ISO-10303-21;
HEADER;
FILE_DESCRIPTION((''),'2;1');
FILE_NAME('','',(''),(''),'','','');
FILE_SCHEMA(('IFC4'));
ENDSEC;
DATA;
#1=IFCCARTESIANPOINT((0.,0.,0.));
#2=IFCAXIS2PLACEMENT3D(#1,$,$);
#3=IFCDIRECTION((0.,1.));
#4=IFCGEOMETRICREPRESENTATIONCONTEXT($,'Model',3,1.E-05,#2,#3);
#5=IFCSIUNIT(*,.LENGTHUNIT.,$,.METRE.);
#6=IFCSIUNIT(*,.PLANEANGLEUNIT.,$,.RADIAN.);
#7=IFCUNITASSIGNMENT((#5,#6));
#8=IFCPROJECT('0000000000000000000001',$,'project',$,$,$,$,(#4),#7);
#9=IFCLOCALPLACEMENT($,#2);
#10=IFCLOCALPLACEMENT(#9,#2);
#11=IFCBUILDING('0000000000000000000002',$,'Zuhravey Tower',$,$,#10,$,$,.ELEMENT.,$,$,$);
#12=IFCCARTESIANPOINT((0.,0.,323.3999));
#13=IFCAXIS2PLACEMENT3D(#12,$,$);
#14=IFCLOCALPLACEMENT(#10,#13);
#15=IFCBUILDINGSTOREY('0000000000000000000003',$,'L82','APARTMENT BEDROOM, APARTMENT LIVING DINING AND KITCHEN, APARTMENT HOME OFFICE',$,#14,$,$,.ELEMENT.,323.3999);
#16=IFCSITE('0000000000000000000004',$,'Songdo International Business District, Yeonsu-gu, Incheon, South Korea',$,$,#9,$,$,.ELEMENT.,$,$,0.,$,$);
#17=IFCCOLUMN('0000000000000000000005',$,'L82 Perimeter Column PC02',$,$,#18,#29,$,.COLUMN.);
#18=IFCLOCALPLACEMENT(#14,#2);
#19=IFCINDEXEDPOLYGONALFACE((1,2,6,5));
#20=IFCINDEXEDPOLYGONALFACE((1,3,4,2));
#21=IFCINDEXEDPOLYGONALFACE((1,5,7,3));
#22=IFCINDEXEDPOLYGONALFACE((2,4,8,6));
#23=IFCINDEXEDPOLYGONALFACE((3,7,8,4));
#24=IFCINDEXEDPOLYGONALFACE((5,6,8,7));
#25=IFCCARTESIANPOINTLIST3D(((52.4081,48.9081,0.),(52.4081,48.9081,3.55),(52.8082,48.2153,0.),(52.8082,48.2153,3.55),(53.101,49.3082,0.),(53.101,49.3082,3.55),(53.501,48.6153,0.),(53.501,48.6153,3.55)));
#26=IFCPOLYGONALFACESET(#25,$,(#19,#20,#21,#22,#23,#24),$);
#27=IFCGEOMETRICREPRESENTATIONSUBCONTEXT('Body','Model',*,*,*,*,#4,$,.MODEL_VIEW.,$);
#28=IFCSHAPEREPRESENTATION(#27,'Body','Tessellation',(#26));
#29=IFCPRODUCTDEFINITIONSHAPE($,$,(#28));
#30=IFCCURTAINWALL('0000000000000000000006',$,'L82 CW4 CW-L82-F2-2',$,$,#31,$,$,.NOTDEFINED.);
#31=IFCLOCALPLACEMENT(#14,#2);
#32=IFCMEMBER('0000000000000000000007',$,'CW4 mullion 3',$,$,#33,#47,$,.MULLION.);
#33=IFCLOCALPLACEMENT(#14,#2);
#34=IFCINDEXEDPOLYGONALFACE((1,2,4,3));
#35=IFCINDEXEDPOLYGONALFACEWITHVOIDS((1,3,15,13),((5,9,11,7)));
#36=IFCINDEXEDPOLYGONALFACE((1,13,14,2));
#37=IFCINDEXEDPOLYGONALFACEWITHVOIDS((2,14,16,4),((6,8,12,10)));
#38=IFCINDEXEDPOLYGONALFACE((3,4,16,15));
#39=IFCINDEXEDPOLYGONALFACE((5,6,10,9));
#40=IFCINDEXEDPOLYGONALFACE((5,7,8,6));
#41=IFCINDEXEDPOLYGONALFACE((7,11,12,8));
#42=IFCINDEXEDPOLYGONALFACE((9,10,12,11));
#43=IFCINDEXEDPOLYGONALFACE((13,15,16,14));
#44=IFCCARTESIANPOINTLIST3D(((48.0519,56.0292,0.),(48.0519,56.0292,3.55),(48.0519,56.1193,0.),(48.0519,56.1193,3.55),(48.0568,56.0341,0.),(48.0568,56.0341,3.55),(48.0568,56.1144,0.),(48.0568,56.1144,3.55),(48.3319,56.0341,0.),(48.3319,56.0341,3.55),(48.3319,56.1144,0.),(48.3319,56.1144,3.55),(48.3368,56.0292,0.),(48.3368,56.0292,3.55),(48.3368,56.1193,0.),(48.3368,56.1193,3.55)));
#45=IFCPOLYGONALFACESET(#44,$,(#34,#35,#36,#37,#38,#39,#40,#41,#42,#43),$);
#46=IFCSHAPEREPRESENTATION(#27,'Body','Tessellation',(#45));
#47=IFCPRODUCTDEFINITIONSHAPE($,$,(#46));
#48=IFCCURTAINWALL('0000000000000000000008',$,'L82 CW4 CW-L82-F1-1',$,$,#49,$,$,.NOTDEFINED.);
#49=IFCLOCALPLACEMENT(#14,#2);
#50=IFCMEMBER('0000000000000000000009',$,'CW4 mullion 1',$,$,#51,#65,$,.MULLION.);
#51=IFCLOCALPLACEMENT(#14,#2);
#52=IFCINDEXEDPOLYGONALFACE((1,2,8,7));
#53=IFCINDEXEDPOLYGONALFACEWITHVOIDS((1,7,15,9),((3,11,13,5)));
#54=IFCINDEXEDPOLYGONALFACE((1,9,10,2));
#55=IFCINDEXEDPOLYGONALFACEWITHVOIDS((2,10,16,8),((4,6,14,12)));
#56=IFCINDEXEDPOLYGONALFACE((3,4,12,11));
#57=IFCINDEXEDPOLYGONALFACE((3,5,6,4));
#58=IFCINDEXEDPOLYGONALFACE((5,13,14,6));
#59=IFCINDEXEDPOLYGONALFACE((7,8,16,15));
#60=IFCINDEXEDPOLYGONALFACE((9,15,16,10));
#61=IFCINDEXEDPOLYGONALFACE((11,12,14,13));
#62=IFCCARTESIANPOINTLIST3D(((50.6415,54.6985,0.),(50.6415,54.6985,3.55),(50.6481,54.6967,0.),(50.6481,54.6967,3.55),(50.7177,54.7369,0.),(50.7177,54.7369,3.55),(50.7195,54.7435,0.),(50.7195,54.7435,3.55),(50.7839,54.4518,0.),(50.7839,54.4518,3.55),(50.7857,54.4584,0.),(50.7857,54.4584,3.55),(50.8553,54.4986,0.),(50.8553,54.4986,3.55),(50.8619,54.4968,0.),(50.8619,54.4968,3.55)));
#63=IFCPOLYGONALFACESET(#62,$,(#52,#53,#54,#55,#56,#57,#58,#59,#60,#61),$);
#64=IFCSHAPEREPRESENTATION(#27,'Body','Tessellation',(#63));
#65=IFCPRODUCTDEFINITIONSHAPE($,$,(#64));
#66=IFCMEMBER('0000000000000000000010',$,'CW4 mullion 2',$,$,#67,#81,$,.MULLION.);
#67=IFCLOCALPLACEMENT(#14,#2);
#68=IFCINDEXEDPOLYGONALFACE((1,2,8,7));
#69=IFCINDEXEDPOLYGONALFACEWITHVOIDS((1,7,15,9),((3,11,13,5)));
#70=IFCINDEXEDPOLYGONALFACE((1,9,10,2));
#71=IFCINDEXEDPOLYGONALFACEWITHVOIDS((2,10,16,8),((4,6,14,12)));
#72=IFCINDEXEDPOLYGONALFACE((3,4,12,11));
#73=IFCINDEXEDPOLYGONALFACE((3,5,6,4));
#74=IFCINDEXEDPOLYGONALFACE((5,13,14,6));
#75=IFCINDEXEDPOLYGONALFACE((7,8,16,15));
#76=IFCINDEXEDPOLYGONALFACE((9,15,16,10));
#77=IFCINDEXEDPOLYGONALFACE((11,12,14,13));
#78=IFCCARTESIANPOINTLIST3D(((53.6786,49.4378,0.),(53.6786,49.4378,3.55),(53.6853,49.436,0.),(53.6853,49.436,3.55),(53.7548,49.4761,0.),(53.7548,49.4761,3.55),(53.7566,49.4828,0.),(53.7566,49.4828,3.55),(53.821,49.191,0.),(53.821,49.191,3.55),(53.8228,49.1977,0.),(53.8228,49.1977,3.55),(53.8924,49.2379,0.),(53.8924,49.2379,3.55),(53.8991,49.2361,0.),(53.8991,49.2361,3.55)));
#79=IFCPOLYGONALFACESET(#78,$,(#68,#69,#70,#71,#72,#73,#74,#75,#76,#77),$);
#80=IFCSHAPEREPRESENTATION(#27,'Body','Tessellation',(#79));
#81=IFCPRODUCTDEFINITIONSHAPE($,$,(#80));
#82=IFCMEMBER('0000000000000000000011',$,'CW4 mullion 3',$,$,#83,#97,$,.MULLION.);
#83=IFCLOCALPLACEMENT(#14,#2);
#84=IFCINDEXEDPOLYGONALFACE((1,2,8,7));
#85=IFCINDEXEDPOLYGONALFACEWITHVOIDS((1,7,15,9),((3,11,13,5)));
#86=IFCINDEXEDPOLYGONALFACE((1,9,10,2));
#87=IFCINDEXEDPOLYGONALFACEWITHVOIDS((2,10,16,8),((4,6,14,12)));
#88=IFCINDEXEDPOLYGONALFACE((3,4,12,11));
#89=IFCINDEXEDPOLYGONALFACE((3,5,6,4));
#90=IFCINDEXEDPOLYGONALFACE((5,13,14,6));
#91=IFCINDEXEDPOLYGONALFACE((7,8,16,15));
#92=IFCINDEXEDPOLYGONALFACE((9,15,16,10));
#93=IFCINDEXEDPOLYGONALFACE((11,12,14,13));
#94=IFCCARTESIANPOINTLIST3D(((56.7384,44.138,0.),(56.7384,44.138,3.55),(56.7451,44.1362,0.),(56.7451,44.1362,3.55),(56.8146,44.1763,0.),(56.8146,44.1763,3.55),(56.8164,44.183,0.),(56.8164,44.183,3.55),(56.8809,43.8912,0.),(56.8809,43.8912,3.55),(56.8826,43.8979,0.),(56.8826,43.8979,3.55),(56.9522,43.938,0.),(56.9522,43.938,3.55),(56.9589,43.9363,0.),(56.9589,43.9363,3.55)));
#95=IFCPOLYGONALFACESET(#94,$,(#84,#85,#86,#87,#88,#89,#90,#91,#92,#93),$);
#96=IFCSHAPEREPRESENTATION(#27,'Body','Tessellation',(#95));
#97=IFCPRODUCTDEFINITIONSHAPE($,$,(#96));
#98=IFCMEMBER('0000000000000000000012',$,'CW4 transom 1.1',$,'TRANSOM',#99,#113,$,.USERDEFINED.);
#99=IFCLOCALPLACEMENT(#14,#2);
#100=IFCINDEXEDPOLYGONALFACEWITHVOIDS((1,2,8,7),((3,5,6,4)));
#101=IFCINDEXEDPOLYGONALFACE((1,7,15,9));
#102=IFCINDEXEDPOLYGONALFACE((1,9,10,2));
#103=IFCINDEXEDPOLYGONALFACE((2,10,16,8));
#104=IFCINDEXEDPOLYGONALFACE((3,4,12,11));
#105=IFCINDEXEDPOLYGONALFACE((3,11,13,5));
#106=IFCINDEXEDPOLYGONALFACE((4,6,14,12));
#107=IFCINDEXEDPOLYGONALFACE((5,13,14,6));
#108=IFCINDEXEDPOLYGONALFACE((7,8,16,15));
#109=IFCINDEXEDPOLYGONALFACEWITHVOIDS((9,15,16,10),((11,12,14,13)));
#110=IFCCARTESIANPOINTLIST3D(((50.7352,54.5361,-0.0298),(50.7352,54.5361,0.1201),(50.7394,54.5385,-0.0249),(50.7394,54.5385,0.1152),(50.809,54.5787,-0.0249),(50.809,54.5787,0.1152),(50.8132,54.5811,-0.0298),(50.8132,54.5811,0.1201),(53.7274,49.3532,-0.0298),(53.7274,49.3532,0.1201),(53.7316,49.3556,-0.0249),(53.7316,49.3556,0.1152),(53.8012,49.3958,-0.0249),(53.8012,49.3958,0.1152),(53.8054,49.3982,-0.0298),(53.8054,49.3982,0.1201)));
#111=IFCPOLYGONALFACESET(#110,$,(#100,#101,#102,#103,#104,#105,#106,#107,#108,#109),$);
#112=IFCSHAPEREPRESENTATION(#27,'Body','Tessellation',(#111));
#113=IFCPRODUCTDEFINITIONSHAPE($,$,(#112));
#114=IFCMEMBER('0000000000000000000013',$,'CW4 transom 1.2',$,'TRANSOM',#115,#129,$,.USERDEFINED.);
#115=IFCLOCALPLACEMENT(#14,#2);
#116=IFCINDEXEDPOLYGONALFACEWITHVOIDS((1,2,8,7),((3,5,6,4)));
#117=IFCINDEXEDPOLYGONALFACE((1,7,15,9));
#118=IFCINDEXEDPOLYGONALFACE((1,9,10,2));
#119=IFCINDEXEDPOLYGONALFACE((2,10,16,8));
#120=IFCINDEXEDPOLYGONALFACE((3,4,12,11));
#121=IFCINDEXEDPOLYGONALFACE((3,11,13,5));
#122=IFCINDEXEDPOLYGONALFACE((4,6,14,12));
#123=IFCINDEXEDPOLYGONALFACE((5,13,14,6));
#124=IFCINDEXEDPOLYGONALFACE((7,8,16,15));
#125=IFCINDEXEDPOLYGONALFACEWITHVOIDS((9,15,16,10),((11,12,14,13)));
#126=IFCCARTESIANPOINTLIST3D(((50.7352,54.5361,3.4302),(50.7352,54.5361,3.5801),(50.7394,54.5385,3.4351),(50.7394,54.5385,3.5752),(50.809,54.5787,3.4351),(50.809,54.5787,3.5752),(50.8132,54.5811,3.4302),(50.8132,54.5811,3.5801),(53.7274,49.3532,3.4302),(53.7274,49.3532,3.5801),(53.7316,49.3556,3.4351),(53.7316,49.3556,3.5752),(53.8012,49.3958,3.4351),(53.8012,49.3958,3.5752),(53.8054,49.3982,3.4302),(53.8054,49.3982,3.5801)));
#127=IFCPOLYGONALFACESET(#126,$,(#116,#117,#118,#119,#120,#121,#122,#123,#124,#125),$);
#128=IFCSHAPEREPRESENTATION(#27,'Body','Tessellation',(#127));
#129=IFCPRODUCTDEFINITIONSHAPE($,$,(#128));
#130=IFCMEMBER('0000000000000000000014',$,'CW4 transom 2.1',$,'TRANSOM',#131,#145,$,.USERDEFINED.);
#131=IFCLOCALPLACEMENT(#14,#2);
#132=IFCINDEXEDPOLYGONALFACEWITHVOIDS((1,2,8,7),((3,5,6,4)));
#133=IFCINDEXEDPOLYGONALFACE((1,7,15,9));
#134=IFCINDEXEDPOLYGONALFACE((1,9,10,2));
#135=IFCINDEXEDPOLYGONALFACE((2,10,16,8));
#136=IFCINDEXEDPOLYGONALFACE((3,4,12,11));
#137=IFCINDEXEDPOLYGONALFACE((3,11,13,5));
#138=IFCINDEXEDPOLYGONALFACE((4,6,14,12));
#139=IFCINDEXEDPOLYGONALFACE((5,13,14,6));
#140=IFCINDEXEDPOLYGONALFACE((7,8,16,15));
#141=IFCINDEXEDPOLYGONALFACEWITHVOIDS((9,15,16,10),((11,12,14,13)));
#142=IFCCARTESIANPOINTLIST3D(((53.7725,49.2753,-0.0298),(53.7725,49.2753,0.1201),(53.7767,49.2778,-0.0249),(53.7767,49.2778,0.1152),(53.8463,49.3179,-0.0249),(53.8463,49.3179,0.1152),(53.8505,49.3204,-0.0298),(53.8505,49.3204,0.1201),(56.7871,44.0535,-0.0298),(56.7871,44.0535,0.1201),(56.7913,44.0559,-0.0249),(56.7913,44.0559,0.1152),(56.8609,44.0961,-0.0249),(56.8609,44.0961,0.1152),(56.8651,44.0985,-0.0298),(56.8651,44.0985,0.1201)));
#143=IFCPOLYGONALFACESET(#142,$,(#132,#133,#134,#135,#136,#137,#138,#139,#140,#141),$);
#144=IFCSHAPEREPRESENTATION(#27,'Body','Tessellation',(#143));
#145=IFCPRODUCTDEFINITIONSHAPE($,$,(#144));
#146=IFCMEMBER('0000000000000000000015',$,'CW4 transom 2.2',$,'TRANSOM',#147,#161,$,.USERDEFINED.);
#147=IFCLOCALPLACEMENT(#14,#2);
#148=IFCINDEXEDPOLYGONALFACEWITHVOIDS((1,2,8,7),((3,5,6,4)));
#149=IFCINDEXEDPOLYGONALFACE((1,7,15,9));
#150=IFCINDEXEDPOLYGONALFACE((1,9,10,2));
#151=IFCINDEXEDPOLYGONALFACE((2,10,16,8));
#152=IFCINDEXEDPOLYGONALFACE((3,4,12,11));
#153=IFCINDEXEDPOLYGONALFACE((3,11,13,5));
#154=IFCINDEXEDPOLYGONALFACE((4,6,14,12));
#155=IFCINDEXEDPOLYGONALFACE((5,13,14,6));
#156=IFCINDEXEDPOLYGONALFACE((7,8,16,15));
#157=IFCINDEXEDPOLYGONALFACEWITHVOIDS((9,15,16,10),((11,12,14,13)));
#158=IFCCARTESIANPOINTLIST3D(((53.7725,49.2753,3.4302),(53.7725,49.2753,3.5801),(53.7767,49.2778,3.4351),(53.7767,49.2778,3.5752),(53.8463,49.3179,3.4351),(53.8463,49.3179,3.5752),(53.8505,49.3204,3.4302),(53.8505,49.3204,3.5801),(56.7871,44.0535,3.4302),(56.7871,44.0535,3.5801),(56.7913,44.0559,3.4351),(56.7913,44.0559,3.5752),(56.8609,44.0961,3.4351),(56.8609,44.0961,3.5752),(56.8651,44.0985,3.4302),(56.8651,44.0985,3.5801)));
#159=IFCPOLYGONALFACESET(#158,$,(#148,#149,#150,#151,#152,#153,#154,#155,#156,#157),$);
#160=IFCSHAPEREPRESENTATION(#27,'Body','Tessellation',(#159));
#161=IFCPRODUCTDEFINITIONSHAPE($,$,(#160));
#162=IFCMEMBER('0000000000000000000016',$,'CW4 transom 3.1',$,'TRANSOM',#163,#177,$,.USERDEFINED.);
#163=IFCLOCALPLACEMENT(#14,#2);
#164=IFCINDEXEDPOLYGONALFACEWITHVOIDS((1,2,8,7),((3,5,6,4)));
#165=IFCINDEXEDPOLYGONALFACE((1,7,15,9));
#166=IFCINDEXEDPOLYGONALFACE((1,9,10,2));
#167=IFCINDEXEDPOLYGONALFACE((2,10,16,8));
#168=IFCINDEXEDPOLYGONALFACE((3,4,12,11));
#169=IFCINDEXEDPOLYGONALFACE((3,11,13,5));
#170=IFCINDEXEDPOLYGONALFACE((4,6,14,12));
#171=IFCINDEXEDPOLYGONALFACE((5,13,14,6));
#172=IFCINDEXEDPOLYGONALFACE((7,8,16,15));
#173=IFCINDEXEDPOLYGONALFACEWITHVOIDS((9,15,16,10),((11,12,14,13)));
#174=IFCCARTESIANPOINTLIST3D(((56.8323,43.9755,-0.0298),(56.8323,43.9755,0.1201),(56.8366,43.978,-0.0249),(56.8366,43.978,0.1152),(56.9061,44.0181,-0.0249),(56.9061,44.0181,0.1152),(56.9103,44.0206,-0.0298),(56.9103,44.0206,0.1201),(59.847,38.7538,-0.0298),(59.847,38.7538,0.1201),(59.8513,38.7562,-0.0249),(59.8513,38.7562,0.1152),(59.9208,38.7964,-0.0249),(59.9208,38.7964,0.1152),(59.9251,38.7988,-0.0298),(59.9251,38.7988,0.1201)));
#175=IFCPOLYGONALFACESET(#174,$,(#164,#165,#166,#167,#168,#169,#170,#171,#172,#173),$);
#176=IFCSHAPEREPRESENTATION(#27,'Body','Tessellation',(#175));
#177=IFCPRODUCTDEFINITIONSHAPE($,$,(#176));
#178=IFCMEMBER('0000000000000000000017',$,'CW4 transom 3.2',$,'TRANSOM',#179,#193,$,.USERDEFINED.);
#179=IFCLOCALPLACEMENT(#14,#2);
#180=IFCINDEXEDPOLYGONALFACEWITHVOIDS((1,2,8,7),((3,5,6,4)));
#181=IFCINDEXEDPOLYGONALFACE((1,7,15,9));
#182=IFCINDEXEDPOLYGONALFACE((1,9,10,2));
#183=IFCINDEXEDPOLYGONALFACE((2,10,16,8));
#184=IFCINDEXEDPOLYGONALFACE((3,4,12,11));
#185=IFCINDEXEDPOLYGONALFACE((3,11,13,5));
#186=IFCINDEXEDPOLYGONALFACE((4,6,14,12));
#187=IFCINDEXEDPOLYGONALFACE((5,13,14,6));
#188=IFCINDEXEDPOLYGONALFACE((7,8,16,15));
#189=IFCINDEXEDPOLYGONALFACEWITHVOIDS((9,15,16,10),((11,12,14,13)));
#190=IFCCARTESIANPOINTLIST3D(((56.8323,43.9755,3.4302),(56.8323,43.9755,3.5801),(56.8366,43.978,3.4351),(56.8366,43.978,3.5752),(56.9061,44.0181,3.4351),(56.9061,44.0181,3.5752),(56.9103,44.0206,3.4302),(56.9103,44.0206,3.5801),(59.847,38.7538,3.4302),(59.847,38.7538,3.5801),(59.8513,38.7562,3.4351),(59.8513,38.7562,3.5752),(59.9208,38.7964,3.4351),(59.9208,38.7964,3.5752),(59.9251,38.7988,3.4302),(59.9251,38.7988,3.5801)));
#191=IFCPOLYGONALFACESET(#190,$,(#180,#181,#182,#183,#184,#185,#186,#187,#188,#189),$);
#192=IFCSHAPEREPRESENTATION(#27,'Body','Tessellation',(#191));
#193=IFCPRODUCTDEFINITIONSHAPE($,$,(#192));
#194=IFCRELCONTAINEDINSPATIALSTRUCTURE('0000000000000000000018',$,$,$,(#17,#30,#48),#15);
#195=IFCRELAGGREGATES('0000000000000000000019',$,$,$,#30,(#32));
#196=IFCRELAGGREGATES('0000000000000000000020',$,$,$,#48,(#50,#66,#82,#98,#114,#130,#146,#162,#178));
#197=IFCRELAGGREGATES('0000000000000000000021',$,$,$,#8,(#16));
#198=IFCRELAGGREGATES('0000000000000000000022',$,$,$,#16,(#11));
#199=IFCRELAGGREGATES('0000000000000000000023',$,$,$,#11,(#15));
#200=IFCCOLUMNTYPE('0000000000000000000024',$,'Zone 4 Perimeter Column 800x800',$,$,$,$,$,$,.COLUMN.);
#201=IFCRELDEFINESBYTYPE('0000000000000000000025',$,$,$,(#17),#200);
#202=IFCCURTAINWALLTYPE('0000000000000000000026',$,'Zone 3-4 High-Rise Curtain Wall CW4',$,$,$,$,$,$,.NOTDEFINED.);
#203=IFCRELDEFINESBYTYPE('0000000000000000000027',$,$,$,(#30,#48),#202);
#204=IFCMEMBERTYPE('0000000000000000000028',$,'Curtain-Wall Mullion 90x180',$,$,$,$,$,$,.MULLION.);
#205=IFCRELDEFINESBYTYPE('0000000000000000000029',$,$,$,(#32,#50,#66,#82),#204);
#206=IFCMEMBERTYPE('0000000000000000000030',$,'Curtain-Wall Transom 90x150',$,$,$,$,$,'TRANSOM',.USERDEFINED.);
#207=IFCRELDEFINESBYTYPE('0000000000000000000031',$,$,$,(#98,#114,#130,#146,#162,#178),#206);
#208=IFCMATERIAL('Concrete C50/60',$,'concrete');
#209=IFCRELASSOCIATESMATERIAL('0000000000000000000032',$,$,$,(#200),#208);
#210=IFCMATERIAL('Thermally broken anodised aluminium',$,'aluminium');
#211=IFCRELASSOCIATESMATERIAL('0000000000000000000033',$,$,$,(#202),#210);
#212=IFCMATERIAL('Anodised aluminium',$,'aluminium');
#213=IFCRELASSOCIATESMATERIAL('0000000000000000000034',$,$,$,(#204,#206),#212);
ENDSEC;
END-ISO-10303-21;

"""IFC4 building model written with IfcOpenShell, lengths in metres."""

from ifc_helpers import new_model, si_unit, direction, frame, origin, origin_2d, place, context, subcontext, project, spatial, rectangle, hollow_rectangle, extrude, material, material_profile, profile_set, type_object, element, aggregate, save


model = new_model("IFC4")

# Units and contexts
model_context = context("Model", 3, precision=1e-05, world=origin(), true_north=direction((0.0, 1.0)))
body_context = subcontext(model_context, "Body", "Model", "MODEL_VIEW")
ifc_project = project(units=[si_unit("LENGTHUNIT", "METRE"), si_unit("PLANEANGLEUNIT", "RADIAN")], contexts=[model_context])

# Site, building, storey
site_placement = place(None, origin())
site = spatial("IfcSite", under=ifc_project, at=site_placement, Name="Songdo International Business District, Yeonsu-gu, Incheon, South Korea", CompositionType="ELEMENT", RefElevation=0.0)
building_placement = place(site_placement, origin())
building = spatial("IfcBuilding", under=site, at=building_placement, Name="Zuhravey Tower", CompositionType="ELEMENT")
storey_placement = place(building_placement, frame((0.0, 0.0, 323.3999)))
storey = spatial("IfcBuildingStorey", under=building, at=storey_placement, Name="L82", Description="APARTMENT BEDROOM, APARTMENT LIVING DINING AND KITCHEN, APARTMENT HOME OFFICE", CompositionType="ELEMENT", Elevation=323.3999)

# Column
ifc_material_1 = material(Name="Concrete C50/60", Category="concrete")
ifc_material_profile_1 = material_profile(ifc_material_1, rectangle(XDim=0.8, YDim=0.8, at=origin_2d()), Name="RC-800x800")
ifc_profile_set_1 = profile_set([ifc_material_profile_1], Name="Concrete C50/60")
column_type = type_object("IfcColumnType", Name="Zone 4 Perimeter Column 800x800", PredefinedType="COLUMN", material=ifc_profile_set_1)
column_placement = place(storey_placement, frame((52.9546, 48.7617, 0.0), z_axis=(0.0, 0.0, 1.0), x_axis=(-0.5, 0.866025, 0.0)))
element("IfcColumn", 1, at=column_placement, inside=storey, type_object=column_type, Name="L82 Perimeter Column PC02", PredefinedType="COLUMN", context=body_context, shape_type="SweptSolid", body=[
    extrude(rectangle(XDim=0.8, YDim=0.8, at=origin_2d()), origin(), (0.0, 0.0, 1.0), 3.55),
])

# Curtain wall, member
ifc_material_2 = material(Name="Thermally broken anodised aluminium", Category="aluminium")
curtain_wall_type = type_object("IfcCurtainWallType", Name="Zone 3-4 High-Rise Curtain Wall CW4", PredefinedType="NOTDEFINED", material=ifc_material_2)
curtain_wall_1_placement = place(storey_placement, origin())
curtain_wall_1 = element("IfcCurtainWall", 2, at=curtain_wall_1_placement, inside=storey, type_object=curtain_wall_type, Name="L82 CW4 CW-L82-F2-2", PredefinedType="NOTDEFINED")
ifc_material_3 = material(Name="Anodised aluminium", Category="aluminium")
ifc_material_profile_2 = material_profile(ifc_material_3, hollow_rectangle(XDim=0.0901, YDim=0.2849, WallThickness=0.0049, at=origin_2d()), Name="ALU-RHS-90x285x5")
ifc_profile_set_2 = profile_set([ifc_material_profile_2], Name="Anodised aluminium")
member_type_1 = type_object("IfcMemberType", Name="Curtain-Wall Mullion 90x180", PredefinedType="MULLION", material=ifc_profile_set_2)
member_1_placement = place(storey_placement, frame((48.1943, 56.0742, 0.0), z_axis=(0.0, 0.0, 1.0), x_axis=(0.0, 1.0, 0.0)))
member_1 = element("IfcMember", 3, at=member_1_placement, type_object=member_type_1, Name="CW4 mullion 3", PredefinedType="MULLION", context=body_context, shape_type="SweptSolid", body=[
    extrude(hollow_rectangle(XDim=0.0901, YDim=0.2849, WallThickness=0.0049, at=origin_2d()), origin(), (0.0, 0.0, 1.0), 3.55),
])
aggregate(curtain_wall_1, [member_1])

# Curtain wall, members
curtain_wall_2_placement = place(storey_placement, origin())
curtain_wall_2 = element("IfcCurtainWall", 4, at=curtain_wall_2_placement, inside=storey, type_object=curtain_wall_type, Name="L82 CW4 CW-L82-F1-1", PredefinedType="NOTDEFINED")
member_2_placement = place(storey_placement, frame((50.7517, 54.5977, 0.0), z_axis=(0.0, 0.0, 1.0), x_axis=(0.866026, 0.5, 0.0)))
member_2 = element("IfcMember", 5, at=member_2_placement, type_object=member_type_1, Name="CW4 mullion 1", PredefinedType="MULLION", context=body_context, shape_type="SweptSolid", body=[
    extrude(hollow_rectangle(XDim=0.0901, YDim=0.2849, WallThickness=0.0049, at=origin_2d()), origin(), (0.0, 0.0, 1.0), 3.55),
])
member_3_placement = place(storey_placement, frame((53.7888, 49.3369, 0.0), z_axis=(0.0, 0.0, 1.0), x_axis=(0.866026, 0.5, 0.0)))
member_3 = element("IfcMember", 6, at=member_3_placement, type_object=member_type_1, Name="CW4 mullion 2", PredefinedType="MULLION", context=body_context, shape_type="SweptSolid", body=[
    extrude(hollow_rectangle(XDim=0.0901, YDim=0.2849, WallThickness=0.0049, at=origin_2d()), origin(), (0.0, 0.0, 1.0), 3.55),
])
member_4_placement = place(storey_placement, frame((56.8486, 44.0371, 0.0), z_axis=(0.0, 0.0, 1.0), x_axis=(0.866026, 0.5, 0.0)))
member_4 = element("IfcMember", 7, at=member_4_placement, type_object=member_type_1, Name="CW4 mullion 3", PredefinedType="MULLION", context=body_context, shape_type="SweptSolid", body=[
    extrude(hollow_rectangle(XDim=0.0901, YDim=0.2849, WallThickness=0.0049, at=origin_2d()), origin(), (0.0, 0.0, 1.0), 3.55),
])
ifc_material_profile_3 = material_profile(ifc_material_3, hollow_rectangle(XDim=0.0901, YDim=0.1499, WallThickness=0.0049, at=origin_2d()), Name="ALU-RHS-90x150x5")
ifc_profile_set_3 = profile_set([ifc_material_profile_3], Name="Anodised aluminium")
member_type_2 = type_object("IfcMemberType", Name="Curtain-Wall Transom 90x150", ElementType="TRANSOM", PredefinedType="USERDEFINED", material=ifc_profile_set_3)
member_5_placement = place(storey_placement, frame((50.7742, 54.5586, 0.0452), z_axis=(0.499983, -0.866035, 0.0), x_axis=(0.866035, 0.499983, 0.0)))
member_5 = element("IfcMember", 8, at=member_5_placement, type_object=member_type_2, Name="CW4 transom 1.1", ObjectType="TRANSOM", PredefinedType="USERDEFINED", context=body_context, shape_type="SweptSolid", body=[
    extrude(hollow_rectangle(XDim=0.0901, YDim=0.1499, WallThickness=0.0049, at=origin_2d()), origin(), (0.0, 0.0, 1.0), 5.9846),
])
member_6_placement = place(storey_placement, frame((50.7742, 54.5586, 3.5051), z_axis=(0.499983, -0.866035, 0.0), x_axis=(0.866035, 0.499983, 0.0)))
member_6 = element("IfcMember", 9, at=member_6_placement, type_object=member_type_2, Name="CW4 transom 1.2", ObjectType="TRANSOM", PredefinedType="USERDEFINED", context=body_context, shape_type="SweptSolid", body=[
    extrude(hollow_rectangle(XDim=0.0901, YDim=0.1499, WallThickness=0.0049, at=origin_2d()), origin(), (0.0, 0.0, 1.0), 5.9846),
])
member_7_placement = place(storey_placement, frame((53.8115, 49.2979, 0.0452), z_axis=(0.499971, -0.866042, 0.0), x_axis=(0.866042, 0.499971, 0.0)))
member_7 = element("IfcMember", 10, at=member_7_placement, type_object=member_type_2, Name="CW4 transom 2.1", ObjectType="TRANSOM", PredefinedType="USERDEFINED", context=body_context, shape_type="SweptSolid", body=[
    extrude(hollow_rectangle(XDim=0.0901, YDim=0.1499, WallThickness=0.0049, at=origin_2d()), origin(), (0.0, 0.0, 1.0), 6.0295),
])
member_8_placement = place(storey_placement, frame((53.8115, 49.2979, 3.5051), z_axis=(0.499971, -0.866042, 0.0), x_axis=(0.866042, 0.499971, 0.0)))
member_8 = element("IfcMember", 11, at=member_8_placement, type_object=member_type_2, Name="CW4 transom 2.2", ObjectType="TRANSOM", PredefinedType="USERDEFINED", context=body_context, shape_type="SweptSolid", body=[
    extrude(hollow_rectangle(XDim=0.0901, YDim=0.1499, WallThickness=0.0049, at=origin_2d()), origin(), (0.0, 0.0, 1.0), 6.0295),
])
member_9_placement = place(storey_placement, frame((56.8713, 43.998, 0.0452), z_axis=(0.499989, -0.866032, 0.0), x_axis=(0.866032, 0.499989, 0.0)))
member_9 = element("IfcMember", 12, at=member_9_placement, type_object=member_type_2, Name="CW4 transom 3.1", ObjectType="TRANSOM", PredefinedType="USERDEFINED", context=body_context, shape_type="SweptSolid", body=[
    extrude(hollow_rectangle(XDim=0.0901, YDim=0.1499, WallThickness=0.0049, at=origin_2d()), origin(), (0.0, 0.0, 1.0), 6.0295),
])
member_10_placement = place(storey_placement, frame((56.8713, 43.998, 3.5051), z_axis=(0.499989, -0.866032, 0.0), x_axis=(0.866032, 0.499989, 0.0)))
member_10 = element("IfcMember", 13, at=member_10_placement, type_object=member_type_2, Name="CW4 transom 3.2", ObjectType="TRANSOM", PredefinedType="USERDEFINED", context=body_context, shape_type="SweptSolid", body=[
    extrude(hollow_rectangle(XDim=0.0901, YDim=0.1499, WallThickness=0.0049, at=origin_2d()), origin(), (0.0, 0.0, 1.0), 6.0295),
])

aggregate(curtain_wall_2, [member_2, member_3, member_4, member_5, member_6, member_7, member_8, member_9, member_10])

save(model, "model.ifc")
